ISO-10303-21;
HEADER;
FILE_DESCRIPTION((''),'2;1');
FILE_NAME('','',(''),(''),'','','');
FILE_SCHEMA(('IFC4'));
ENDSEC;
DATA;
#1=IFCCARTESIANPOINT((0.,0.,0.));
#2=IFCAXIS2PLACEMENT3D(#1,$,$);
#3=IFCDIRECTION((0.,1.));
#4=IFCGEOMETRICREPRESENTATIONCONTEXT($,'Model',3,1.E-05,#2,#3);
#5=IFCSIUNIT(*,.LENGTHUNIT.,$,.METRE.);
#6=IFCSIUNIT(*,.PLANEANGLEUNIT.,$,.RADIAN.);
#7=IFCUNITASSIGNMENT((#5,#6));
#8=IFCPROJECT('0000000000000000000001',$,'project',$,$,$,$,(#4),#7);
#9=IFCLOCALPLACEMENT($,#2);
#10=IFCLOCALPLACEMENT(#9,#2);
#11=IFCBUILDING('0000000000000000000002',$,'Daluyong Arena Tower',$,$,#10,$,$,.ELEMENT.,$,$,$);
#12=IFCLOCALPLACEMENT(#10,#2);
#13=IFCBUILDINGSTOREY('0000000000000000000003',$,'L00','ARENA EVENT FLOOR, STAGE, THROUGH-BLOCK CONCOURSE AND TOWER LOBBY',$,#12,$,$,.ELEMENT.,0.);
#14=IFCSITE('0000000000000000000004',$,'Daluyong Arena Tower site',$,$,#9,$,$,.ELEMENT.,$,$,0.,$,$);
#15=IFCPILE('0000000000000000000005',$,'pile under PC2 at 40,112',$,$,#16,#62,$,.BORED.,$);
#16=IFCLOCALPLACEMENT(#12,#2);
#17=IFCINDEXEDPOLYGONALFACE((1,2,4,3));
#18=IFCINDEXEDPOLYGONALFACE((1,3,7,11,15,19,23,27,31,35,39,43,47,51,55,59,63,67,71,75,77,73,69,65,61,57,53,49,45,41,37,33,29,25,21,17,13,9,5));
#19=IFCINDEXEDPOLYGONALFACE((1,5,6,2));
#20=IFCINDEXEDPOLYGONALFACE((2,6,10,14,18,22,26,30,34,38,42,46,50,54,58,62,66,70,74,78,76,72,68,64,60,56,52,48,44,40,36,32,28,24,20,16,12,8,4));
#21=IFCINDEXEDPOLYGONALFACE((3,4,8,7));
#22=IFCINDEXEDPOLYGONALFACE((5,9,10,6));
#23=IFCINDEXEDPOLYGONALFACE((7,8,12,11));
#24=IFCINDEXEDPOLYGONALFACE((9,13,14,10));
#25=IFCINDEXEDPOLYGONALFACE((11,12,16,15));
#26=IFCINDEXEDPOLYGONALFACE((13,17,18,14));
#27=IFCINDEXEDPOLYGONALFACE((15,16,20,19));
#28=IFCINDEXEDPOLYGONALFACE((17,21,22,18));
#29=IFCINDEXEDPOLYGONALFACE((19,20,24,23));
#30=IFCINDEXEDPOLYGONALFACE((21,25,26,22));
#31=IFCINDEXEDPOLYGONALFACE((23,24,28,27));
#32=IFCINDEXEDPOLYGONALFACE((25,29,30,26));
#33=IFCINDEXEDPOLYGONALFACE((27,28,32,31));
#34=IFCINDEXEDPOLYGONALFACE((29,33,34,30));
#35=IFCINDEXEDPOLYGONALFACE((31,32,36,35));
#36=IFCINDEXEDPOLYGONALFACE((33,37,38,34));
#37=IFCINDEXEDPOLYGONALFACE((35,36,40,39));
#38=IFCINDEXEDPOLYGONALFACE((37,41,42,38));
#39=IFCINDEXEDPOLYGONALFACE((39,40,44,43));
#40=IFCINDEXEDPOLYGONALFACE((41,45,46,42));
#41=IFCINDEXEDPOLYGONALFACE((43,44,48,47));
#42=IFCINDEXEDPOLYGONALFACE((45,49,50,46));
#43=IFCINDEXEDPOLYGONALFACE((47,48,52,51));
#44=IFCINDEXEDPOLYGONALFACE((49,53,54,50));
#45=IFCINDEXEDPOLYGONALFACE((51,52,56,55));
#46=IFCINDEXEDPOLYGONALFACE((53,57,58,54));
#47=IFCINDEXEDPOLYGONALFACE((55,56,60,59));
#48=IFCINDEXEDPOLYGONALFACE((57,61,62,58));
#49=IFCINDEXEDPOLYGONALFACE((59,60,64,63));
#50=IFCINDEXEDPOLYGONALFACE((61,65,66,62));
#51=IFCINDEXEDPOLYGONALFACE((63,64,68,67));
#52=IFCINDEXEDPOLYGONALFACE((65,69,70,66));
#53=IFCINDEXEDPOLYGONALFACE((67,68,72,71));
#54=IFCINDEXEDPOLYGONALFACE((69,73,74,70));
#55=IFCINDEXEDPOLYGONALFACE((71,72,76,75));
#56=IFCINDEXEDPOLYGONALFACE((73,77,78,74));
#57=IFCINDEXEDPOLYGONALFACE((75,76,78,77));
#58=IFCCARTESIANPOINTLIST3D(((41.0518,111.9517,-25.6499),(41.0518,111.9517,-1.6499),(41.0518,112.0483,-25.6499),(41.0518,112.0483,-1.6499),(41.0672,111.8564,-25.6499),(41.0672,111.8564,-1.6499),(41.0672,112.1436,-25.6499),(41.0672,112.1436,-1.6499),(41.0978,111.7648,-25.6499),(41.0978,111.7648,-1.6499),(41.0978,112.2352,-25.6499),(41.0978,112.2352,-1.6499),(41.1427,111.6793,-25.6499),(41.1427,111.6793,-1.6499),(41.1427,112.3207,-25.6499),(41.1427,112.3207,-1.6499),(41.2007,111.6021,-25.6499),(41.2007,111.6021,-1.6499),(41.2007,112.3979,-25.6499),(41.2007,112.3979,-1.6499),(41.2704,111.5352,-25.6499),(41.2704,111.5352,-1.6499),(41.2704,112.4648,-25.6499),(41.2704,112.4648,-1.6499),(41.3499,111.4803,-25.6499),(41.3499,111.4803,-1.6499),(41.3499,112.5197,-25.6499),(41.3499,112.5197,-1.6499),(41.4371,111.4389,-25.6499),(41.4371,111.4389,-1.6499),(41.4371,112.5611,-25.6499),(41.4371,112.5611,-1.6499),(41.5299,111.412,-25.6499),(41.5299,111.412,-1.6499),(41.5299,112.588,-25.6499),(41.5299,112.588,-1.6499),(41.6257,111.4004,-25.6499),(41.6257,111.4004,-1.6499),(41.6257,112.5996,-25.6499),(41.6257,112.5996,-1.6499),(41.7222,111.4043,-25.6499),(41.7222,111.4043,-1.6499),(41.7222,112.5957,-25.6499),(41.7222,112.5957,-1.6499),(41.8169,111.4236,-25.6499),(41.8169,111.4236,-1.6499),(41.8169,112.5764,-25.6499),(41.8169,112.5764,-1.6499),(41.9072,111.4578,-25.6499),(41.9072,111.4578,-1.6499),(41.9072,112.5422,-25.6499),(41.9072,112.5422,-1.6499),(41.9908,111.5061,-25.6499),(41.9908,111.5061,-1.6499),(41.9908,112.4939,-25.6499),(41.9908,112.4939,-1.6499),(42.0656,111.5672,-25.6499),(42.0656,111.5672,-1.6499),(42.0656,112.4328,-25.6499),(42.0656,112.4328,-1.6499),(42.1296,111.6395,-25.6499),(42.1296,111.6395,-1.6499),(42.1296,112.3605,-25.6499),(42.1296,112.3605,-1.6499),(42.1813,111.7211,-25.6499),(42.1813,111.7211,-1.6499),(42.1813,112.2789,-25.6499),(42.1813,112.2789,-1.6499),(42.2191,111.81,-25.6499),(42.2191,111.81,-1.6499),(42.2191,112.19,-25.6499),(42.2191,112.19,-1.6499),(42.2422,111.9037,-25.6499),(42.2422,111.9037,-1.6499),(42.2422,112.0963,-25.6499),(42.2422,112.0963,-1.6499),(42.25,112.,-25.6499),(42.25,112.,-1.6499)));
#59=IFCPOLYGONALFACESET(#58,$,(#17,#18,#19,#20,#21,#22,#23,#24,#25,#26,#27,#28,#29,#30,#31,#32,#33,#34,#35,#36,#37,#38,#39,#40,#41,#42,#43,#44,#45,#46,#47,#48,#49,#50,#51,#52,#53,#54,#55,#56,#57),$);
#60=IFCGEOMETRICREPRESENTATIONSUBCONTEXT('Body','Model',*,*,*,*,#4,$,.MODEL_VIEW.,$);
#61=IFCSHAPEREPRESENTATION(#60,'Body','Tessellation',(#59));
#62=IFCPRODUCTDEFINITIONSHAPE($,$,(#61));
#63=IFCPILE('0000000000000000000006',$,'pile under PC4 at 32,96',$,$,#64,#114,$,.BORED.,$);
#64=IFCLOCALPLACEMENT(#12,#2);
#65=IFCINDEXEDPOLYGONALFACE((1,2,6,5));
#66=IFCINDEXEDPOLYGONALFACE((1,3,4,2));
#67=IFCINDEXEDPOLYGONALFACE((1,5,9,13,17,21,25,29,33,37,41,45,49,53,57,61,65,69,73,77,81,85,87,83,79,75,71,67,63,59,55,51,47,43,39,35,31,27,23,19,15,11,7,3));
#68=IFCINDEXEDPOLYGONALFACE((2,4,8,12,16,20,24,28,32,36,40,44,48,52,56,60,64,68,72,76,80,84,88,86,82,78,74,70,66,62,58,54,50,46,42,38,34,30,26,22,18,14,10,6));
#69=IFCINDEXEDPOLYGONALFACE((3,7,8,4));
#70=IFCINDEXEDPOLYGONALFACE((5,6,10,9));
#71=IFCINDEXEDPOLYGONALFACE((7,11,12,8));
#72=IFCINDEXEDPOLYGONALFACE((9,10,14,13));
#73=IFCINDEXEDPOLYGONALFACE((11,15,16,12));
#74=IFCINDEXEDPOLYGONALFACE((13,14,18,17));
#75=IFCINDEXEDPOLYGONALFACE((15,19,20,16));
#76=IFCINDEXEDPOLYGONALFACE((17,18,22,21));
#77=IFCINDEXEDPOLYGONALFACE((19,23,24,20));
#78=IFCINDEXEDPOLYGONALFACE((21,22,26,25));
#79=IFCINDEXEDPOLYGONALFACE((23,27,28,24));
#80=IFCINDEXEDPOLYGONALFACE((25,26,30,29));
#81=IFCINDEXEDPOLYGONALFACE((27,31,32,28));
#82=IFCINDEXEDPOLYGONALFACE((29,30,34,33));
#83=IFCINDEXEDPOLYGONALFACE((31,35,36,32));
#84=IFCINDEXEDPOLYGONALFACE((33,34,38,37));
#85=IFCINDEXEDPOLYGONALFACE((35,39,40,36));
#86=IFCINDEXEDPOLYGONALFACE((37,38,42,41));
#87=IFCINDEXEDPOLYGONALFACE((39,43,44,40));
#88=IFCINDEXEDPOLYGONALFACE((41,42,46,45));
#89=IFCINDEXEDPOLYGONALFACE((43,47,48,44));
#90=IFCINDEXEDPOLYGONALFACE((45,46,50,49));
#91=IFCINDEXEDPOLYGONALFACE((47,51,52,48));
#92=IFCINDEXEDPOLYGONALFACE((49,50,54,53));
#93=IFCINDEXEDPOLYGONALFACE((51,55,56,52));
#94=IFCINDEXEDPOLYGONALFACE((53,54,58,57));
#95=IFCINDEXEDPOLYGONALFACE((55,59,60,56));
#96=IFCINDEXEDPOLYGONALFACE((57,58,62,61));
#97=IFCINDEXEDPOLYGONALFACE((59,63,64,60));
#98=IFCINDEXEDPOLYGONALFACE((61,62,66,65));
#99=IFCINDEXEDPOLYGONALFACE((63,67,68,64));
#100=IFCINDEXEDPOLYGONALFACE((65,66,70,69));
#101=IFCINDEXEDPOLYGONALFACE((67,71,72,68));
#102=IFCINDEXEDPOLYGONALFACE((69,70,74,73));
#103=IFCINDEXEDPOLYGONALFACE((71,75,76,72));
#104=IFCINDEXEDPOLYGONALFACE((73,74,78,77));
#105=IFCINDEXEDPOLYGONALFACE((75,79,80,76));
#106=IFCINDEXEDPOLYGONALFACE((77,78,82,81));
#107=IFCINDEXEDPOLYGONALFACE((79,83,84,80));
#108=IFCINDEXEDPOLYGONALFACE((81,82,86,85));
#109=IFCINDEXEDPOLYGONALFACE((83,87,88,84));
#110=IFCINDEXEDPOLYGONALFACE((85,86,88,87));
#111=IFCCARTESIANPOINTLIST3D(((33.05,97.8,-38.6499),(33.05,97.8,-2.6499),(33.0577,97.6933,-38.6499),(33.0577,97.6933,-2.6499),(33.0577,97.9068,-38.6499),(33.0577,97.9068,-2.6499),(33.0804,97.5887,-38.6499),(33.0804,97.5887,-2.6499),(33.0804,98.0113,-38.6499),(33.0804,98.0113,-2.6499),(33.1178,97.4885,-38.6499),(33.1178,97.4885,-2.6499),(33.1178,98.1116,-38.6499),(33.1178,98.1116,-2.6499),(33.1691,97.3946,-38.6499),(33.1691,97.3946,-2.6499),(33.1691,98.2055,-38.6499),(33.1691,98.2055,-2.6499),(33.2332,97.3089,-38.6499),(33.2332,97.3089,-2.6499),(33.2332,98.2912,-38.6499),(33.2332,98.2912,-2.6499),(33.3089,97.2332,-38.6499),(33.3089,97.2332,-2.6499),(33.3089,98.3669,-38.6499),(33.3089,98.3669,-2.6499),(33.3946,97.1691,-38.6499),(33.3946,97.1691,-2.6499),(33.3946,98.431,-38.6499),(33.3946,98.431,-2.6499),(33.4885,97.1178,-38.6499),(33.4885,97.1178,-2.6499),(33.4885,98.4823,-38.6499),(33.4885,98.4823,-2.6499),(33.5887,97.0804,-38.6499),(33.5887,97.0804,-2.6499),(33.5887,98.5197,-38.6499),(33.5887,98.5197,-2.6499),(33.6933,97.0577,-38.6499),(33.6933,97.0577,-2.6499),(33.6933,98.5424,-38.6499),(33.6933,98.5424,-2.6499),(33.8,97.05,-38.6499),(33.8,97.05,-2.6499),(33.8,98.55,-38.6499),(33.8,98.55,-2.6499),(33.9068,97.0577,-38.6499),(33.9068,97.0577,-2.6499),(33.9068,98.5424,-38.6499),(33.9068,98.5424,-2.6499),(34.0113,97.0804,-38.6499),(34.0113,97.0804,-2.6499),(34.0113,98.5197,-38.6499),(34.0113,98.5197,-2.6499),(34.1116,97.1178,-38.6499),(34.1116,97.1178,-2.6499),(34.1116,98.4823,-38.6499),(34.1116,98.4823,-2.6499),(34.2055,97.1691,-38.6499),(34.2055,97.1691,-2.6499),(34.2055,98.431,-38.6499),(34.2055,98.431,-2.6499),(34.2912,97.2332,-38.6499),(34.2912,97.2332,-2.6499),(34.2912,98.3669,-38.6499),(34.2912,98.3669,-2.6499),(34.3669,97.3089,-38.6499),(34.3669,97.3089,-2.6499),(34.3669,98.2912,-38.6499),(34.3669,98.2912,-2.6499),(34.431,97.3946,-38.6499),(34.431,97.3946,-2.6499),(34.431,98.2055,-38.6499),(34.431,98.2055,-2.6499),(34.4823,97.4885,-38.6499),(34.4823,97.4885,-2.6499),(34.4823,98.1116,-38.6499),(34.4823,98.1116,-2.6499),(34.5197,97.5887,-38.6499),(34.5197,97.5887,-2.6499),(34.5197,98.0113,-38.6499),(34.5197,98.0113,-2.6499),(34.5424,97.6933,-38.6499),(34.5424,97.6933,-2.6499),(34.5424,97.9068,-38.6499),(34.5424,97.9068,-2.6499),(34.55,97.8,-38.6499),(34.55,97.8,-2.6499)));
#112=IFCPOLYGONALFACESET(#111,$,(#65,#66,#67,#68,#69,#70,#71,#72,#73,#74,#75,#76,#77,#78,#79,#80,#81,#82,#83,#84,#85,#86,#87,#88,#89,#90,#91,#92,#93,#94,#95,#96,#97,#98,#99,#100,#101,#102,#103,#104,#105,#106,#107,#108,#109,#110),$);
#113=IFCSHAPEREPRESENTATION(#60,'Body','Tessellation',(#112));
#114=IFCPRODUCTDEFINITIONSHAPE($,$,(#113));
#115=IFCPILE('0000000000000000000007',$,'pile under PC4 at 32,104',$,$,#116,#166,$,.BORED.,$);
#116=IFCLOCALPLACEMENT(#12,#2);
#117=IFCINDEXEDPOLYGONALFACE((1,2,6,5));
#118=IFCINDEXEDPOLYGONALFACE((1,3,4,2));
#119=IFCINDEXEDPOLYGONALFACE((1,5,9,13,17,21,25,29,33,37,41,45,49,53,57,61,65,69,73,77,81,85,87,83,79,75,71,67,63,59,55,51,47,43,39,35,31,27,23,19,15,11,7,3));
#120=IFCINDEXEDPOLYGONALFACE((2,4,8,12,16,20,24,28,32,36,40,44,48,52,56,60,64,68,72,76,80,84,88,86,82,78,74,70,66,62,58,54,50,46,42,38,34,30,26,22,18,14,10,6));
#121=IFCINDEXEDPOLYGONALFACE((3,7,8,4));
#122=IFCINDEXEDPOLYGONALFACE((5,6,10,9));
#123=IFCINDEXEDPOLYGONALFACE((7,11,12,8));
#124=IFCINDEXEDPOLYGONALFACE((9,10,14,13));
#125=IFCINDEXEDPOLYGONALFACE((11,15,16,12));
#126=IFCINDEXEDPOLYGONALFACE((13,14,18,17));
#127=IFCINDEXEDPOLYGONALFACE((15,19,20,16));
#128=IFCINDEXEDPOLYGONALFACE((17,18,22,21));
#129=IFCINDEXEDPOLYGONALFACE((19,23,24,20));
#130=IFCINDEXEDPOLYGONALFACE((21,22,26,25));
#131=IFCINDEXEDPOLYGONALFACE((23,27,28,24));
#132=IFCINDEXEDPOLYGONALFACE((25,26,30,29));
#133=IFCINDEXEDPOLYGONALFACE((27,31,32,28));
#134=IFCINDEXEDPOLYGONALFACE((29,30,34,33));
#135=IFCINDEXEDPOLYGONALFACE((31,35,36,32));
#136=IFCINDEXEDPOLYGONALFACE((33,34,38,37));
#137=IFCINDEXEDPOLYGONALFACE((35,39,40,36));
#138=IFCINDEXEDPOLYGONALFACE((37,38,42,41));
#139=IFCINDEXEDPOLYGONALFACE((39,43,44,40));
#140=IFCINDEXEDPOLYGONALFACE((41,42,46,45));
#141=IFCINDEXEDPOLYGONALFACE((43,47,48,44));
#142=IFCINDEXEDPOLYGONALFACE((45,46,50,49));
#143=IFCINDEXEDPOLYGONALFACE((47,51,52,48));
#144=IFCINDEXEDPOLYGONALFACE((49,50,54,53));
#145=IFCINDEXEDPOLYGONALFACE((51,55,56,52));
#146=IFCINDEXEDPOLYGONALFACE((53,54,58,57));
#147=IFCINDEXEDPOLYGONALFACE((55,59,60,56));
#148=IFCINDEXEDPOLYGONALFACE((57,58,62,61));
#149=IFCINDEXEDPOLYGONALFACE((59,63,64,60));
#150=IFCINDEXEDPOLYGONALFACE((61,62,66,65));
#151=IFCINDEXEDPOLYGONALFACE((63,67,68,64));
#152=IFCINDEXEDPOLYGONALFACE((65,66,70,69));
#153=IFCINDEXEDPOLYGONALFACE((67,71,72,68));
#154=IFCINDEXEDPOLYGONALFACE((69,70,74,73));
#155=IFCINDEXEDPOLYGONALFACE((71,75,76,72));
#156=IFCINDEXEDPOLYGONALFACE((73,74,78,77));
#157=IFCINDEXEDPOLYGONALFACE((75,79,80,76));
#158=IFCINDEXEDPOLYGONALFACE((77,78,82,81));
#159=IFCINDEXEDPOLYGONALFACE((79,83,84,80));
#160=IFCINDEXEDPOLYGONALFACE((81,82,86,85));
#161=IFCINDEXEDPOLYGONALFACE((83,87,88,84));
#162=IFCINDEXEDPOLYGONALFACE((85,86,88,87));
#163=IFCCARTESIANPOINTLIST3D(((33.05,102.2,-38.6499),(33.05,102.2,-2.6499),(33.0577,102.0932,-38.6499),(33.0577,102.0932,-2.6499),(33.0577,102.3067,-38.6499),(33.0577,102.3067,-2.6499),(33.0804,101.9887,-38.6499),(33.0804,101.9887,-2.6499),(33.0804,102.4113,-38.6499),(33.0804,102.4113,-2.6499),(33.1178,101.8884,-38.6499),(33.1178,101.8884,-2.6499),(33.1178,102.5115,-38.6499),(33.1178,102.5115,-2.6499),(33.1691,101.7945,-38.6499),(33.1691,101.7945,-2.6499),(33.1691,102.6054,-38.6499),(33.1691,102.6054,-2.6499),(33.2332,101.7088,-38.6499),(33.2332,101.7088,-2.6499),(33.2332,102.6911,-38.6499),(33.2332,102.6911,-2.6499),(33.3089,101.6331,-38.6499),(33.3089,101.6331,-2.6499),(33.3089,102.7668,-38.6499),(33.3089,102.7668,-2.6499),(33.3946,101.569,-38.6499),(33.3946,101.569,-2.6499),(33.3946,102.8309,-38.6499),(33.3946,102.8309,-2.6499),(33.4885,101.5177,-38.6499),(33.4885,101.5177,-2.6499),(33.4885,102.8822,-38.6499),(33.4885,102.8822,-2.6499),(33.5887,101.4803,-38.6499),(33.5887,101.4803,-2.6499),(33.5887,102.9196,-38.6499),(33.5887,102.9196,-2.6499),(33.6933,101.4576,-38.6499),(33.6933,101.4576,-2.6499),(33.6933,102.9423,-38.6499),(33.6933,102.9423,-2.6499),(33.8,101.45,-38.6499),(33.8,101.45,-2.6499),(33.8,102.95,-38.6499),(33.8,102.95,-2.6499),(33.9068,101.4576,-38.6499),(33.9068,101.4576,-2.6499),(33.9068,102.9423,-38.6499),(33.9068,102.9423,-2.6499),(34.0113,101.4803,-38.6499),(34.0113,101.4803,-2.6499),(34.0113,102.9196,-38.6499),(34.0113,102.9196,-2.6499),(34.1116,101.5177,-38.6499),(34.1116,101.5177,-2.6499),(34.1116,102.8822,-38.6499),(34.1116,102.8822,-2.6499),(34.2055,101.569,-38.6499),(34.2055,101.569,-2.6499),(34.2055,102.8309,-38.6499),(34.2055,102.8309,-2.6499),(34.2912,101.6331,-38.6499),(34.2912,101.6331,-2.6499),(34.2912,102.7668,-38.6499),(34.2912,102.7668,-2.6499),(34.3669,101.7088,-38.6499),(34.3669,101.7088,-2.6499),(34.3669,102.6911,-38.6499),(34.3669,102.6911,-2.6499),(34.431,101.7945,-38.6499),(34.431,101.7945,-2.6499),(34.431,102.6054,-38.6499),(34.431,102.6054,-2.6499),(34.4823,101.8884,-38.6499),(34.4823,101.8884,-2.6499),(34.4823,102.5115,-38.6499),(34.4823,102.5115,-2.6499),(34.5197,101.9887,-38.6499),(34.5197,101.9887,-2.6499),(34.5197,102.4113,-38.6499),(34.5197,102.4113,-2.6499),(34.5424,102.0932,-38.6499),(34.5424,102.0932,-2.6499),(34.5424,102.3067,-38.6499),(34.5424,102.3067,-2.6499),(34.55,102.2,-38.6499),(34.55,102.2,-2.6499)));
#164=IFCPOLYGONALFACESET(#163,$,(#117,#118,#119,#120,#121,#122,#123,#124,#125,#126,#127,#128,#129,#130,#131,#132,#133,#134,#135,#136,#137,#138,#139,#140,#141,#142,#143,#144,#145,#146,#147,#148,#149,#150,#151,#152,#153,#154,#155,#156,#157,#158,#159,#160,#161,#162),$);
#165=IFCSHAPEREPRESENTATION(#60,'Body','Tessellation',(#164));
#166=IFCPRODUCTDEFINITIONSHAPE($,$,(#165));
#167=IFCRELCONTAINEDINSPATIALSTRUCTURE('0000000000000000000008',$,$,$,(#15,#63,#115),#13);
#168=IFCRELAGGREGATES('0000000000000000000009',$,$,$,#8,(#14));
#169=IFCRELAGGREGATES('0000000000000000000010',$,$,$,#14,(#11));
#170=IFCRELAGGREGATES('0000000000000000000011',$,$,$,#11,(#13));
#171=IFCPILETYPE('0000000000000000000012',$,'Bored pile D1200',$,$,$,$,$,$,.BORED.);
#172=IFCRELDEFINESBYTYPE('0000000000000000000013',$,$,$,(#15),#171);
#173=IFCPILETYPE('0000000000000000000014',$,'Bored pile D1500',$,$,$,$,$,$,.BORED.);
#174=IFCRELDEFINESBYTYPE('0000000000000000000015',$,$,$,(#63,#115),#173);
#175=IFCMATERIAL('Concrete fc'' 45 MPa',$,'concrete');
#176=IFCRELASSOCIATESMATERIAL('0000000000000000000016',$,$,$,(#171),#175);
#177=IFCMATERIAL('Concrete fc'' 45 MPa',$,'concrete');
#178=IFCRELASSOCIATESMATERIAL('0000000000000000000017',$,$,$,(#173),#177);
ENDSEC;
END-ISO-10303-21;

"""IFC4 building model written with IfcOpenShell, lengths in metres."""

from ifc_helpers import new_model, si_unit, direction, frame, origin, origin_2d, place, context, subcontext, project, spatial, circle, extrude, material, type_object, element, save


model = new_model("IFC4")

# Units and contexts
model_context = context("Model", 3, precision=1e-05, world=origin(), true_north=direction((0.0, 1.0)))
body_context = subcontext(model_context, "Body", "Model", "MODEL_VIEW")
ifc_project = project(units=[si_unit("LENGTHUNIT", "METRE"), si_unit("PLANEANGLEUNIT", "RADIAN")], contexts=[model_context])

# Site, building, storey
site_placement = place(None, origin())
site = spatial("IfcSite", under=ifc_project, at=site_placement, Name="Daluyong Arena Tower site", CompositionType="ELEMENT", RefElevation=0.0)
building_placement = place(site_placement, origin())
building = spatial("IfcBuilding", under=site, at=building_placement, Name="Daluyong Arena Tower", CompositionType="ELEMENT")
storey_placement = place(building_placement, origin())
storey = spatial("IfcBuildingStorey", under=building, at=storey_placement, Name="L00", Description="ARENA EVENT FLOOR, STAGE, THROUGH-BLOCK CONCOURSE AND TOWER LOBBY", CompositionType="ELEMENT", Elevation=0.0)

# Piles
ifc_material_1 = material(Name="Concrete fc' 45 MPa", Category="concrete")
pile_type_1 = type_object("IfcPileType", Name="Bored pile D1200", PredefinedType="BORED", material=ifc_material_1)
for number, where, z_axis, x_axis, name in (
    (1, (41.6499, 112.0, -1.6499), (0.0, 0.0, -1.0), (1.0, 0.0, 0.0), "pile under PC2 at 40,112"),
):
    element("IfcPile", number, at=place(storey_placement, frame(where, z_axis=z_axis, x_axis=x_axis)), inside=storey, type_object=pile_type_1, Name=name, PredefinedType="BORED", context=body_context, shape_type="SweptSolid", body=[
        extrude(circle(Radius=0.6001, at=origin_2d()), origin(), (0.0, 0.0, 1.0), 24.0),
    ])
ifc_material_2 = material(Name="Concrete fc' 45 MPa", Category="concrete")
pile_type_2 = type_object("IfcPileType", Name="Bored pile D1500", PredefinedType="BORED", material=ifc_material_2)
for number, where, z_axis, x_axis, name in (
    (2, (33.8, 97.8, -2.6499), (0.0, 0.0, -1.0), (1.0, 0.0, 0.0), "pile under PC4 at 32,96"),
    (3, (33.8, 102.2, -2.6499), (0.0, 0.0, -1.0), (1.0, 0.0, 0.0), "pile under PC4 at 32,104"),
):
    element("IfcPile", number, at=place(storey_placement, frame(where, z_axis=z_axis, x_axis=x_axis)), inside=storey, type_object=pile_type_2, Name=name, PredefinedType="BORED", context=body_context, shape_type="SweptSolid", body=[
        extrude(circle(Radius=0.75, at=origin_2d()), origin(), (0.0, 0.0, 1.0), 36.0),
    ])

save(model, "model.ifc")
